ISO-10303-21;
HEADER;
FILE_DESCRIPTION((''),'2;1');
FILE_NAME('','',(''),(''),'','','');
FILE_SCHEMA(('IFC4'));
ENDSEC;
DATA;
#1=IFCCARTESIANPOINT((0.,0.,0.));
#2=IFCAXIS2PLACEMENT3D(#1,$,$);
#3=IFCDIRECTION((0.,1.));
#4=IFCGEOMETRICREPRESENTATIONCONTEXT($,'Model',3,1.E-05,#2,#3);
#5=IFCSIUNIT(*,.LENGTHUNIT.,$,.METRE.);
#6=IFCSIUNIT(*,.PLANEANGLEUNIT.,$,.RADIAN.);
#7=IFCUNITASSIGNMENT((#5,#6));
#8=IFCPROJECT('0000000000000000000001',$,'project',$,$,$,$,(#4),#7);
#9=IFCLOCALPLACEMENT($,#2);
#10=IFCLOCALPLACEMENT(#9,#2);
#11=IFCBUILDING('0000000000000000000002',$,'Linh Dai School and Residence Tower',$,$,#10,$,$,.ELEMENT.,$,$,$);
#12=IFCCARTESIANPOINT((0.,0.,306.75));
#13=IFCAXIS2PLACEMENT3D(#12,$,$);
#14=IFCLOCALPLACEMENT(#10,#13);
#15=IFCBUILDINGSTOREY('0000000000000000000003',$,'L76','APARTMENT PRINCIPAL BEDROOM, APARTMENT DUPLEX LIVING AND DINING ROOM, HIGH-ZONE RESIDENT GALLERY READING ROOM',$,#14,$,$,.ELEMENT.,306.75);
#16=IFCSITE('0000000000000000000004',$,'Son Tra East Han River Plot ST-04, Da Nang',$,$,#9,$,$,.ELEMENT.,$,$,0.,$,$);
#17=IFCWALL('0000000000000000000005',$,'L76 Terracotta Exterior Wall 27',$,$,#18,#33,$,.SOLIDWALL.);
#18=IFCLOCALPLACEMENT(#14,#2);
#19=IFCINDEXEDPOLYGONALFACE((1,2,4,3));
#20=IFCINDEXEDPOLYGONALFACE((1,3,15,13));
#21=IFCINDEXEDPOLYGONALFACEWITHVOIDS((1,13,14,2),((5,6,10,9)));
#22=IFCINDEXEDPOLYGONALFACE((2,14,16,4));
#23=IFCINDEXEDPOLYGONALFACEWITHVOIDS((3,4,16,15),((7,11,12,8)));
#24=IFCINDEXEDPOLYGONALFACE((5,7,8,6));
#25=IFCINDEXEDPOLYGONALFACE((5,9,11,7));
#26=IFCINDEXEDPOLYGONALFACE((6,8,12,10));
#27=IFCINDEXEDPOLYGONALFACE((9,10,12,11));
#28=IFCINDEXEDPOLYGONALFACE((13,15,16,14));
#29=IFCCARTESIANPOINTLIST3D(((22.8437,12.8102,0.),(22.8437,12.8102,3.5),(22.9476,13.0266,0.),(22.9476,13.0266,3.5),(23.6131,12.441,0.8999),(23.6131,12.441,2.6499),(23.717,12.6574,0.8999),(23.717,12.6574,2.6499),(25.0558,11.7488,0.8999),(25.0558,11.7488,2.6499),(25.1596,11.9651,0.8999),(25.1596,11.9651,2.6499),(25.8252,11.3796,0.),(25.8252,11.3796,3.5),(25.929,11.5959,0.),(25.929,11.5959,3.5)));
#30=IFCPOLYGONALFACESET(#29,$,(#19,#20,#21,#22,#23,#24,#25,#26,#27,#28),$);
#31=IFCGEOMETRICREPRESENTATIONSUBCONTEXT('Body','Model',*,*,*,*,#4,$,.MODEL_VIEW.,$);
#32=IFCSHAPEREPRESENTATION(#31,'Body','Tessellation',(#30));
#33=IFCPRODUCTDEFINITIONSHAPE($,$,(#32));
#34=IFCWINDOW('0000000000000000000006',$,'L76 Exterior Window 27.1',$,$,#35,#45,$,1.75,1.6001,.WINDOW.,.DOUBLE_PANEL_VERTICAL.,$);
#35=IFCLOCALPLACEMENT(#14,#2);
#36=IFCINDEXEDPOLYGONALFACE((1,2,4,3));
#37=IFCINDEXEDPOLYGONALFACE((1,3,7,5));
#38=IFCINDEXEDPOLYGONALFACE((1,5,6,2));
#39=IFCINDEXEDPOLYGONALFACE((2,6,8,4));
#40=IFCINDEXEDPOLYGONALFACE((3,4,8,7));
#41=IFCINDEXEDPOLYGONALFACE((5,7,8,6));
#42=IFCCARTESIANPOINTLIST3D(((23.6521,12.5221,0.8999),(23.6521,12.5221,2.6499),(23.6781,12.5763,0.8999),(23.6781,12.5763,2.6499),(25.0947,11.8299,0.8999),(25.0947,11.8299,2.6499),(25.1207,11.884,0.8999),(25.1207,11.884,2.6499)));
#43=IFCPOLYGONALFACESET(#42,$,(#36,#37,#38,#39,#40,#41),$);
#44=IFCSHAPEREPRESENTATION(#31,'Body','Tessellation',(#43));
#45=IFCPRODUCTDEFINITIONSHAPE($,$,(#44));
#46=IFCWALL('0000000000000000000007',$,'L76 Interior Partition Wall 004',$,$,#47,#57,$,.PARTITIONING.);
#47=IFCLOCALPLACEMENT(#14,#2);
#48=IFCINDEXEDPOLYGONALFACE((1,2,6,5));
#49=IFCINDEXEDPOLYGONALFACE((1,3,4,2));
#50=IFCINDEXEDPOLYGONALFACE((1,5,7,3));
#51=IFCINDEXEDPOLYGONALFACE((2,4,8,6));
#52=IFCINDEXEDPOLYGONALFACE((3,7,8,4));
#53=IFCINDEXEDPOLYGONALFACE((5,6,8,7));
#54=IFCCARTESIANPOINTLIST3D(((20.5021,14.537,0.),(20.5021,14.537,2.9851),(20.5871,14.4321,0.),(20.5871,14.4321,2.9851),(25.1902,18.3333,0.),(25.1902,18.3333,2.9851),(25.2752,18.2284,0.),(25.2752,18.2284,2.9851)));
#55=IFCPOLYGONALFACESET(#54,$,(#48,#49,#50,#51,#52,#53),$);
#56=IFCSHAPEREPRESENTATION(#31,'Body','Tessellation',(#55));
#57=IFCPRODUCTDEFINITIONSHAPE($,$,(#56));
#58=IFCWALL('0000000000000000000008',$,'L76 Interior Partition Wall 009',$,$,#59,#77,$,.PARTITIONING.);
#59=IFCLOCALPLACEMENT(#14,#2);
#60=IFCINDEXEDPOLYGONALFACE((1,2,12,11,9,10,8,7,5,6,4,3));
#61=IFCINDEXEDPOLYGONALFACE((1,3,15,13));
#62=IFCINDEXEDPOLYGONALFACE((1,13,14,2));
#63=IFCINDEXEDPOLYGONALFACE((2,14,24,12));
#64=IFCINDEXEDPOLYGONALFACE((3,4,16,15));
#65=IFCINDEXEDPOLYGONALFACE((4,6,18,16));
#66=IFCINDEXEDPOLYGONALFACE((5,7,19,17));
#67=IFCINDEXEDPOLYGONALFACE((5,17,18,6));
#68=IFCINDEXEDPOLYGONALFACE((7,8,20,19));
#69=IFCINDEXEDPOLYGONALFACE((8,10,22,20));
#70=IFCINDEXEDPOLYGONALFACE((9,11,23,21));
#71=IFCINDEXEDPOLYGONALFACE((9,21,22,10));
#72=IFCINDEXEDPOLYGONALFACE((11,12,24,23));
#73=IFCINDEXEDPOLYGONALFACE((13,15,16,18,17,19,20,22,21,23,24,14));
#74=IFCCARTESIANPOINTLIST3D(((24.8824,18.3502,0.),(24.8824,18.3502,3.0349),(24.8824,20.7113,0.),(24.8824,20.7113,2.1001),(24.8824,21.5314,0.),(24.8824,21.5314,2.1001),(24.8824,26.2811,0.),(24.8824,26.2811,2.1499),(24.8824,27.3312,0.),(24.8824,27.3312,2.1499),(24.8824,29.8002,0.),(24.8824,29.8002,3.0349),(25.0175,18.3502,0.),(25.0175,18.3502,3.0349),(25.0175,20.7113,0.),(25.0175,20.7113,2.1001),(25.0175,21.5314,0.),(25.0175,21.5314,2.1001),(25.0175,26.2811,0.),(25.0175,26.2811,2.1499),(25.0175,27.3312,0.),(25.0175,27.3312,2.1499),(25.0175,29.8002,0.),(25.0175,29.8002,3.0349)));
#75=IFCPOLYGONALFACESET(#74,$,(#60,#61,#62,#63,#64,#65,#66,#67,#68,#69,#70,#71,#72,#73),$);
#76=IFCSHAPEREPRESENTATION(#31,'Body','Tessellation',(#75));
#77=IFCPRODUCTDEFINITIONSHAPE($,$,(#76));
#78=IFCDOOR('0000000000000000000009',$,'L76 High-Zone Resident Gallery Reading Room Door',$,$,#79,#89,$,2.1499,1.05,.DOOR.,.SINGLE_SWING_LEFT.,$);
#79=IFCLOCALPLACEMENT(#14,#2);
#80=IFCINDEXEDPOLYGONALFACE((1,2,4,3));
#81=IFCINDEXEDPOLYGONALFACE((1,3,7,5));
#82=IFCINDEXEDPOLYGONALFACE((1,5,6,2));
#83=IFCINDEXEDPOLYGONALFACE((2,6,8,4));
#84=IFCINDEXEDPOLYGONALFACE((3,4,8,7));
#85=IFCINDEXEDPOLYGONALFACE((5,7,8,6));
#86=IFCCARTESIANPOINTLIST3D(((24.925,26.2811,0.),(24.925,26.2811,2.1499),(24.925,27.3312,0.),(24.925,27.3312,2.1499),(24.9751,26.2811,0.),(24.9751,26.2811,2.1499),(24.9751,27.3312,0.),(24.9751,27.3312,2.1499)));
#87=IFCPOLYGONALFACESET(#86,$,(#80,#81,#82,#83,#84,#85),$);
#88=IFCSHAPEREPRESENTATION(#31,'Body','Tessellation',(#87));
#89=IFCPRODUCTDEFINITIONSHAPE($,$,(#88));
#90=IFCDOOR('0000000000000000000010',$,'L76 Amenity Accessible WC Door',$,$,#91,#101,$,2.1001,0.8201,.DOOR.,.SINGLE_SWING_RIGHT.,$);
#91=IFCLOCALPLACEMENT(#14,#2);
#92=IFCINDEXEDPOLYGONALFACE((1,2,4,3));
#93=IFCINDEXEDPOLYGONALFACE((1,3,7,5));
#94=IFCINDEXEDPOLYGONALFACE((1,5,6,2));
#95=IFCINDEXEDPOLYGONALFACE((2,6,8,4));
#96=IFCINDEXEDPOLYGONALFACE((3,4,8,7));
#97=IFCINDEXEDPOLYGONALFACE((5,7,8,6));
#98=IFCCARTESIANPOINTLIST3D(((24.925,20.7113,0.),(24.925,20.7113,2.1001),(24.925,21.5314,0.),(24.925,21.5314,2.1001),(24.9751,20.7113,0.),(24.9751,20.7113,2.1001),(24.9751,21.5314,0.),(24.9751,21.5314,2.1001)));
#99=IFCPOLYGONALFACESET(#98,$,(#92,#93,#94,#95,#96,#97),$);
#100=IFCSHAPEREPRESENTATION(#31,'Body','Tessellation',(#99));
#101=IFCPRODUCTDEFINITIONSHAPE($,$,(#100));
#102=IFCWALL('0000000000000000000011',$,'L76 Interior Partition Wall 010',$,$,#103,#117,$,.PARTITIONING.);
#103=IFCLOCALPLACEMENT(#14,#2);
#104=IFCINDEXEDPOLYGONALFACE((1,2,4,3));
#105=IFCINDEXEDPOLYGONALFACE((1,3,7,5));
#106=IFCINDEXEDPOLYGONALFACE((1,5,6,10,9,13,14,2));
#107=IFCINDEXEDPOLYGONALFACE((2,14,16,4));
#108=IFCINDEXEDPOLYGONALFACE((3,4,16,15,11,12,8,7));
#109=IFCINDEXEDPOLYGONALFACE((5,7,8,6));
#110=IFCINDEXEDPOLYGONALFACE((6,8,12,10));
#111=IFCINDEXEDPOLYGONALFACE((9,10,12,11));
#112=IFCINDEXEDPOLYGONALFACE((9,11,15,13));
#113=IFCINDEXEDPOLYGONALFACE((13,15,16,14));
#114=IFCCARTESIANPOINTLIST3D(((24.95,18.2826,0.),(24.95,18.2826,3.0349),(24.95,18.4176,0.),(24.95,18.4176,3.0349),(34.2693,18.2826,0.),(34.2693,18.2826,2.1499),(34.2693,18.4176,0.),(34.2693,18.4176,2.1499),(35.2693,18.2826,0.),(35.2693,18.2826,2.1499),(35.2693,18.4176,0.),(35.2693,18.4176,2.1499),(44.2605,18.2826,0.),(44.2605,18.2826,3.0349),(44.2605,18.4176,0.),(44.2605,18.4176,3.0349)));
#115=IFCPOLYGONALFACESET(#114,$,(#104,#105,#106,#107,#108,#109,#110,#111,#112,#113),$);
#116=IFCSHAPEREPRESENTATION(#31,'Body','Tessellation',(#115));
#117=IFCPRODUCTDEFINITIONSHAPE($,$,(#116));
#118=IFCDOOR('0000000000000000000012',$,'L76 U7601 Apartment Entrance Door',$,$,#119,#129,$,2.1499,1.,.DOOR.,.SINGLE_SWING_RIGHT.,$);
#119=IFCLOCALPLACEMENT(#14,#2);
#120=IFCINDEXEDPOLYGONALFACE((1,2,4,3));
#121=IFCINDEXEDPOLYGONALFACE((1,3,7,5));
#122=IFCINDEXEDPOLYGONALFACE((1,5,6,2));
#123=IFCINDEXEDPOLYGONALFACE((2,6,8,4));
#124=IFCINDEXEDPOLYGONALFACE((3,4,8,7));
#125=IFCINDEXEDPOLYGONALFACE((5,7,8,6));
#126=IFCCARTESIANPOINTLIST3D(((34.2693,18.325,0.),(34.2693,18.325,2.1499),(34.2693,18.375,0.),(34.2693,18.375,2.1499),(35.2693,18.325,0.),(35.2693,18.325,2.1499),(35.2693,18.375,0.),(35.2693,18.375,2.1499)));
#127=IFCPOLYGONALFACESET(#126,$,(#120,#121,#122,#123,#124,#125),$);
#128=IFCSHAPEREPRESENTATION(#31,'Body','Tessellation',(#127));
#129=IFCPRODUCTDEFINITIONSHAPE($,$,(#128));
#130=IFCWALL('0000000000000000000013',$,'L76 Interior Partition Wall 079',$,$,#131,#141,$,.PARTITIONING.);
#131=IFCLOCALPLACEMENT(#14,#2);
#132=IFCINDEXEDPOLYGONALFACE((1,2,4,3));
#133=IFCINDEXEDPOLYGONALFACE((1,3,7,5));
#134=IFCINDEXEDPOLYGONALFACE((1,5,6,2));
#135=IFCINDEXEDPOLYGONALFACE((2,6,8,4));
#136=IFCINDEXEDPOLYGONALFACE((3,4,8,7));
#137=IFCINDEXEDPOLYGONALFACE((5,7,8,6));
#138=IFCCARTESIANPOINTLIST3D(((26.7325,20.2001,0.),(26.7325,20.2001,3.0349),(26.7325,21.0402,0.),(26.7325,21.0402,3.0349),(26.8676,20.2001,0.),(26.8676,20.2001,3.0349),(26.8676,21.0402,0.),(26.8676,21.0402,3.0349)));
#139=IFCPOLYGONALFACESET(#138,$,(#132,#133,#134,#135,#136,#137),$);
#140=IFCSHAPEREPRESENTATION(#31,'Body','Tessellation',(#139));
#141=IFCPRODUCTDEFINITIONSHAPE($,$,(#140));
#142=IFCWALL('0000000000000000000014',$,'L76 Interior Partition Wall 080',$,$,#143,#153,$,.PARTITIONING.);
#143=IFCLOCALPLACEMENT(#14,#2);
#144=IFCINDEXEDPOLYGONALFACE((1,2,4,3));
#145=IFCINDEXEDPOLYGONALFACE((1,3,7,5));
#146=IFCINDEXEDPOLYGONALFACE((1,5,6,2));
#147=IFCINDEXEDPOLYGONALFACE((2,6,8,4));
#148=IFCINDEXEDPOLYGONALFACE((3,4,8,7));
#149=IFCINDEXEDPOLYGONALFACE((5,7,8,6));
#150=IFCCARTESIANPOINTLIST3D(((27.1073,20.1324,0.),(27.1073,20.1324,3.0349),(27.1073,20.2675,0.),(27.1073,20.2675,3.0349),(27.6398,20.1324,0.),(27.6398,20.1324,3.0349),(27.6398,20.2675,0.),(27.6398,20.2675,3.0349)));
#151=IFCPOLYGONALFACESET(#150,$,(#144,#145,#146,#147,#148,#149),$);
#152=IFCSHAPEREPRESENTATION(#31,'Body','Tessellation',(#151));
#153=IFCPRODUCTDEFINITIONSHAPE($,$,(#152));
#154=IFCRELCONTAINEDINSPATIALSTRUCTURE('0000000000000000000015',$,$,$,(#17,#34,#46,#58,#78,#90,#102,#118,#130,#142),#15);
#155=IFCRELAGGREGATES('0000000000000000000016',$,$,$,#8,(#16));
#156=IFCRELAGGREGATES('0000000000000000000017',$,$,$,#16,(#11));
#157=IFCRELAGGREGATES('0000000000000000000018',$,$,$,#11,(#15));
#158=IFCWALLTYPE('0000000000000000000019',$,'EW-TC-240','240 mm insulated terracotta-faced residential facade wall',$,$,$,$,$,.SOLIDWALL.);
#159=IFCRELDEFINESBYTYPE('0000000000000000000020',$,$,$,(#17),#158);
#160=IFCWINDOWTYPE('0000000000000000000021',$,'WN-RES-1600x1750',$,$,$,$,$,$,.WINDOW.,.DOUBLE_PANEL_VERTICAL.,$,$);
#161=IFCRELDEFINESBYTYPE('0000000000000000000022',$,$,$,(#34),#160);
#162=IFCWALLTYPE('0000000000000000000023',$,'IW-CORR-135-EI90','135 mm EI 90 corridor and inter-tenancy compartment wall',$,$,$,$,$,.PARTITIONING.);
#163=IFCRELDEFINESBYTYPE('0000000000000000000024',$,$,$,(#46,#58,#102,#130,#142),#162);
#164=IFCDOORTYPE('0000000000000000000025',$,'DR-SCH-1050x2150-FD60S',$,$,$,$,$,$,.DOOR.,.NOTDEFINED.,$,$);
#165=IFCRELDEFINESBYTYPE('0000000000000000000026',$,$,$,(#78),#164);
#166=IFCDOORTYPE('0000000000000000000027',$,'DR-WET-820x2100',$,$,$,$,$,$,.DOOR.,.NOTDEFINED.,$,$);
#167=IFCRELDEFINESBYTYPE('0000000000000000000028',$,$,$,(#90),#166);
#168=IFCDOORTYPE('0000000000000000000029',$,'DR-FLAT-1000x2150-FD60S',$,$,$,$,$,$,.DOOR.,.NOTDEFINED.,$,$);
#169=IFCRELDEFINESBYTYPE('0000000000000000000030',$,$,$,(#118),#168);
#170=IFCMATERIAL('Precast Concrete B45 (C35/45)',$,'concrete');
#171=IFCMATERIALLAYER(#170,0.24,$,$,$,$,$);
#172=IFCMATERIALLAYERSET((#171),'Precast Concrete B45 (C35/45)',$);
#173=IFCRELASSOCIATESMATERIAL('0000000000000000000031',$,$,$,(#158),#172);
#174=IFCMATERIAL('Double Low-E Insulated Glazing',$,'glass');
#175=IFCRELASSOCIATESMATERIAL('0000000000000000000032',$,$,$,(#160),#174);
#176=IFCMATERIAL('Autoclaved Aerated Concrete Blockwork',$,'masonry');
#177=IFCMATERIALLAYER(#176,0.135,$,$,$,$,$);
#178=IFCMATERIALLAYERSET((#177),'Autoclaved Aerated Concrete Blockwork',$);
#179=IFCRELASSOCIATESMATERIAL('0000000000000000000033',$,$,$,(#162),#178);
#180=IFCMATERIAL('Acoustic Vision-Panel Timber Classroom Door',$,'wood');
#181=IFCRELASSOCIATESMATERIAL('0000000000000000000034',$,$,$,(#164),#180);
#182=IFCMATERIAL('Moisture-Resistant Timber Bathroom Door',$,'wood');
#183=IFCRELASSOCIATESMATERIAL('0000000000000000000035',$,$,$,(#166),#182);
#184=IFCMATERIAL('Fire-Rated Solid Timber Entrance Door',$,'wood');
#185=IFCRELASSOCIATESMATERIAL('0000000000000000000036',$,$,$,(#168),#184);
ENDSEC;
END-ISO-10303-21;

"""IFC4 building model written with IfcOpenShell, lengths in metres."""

from ifc_helpers import new_model, si_unit, direction, frame, frame_2d, origin, origin_2d, place, context, subcontext, project, spatial, rectangle, extrude, source, transform, mapped, material, layer, layer_set, type_object, element, fill, save


model = new_model("IFC4")

# Units and contexts
model_context = context("Model", 3, precision=1e-05, world=origin(), true_north=direction((0.0, 1.0)))
body_context = subcontext(model_context, "Body", "Model", "MODEL_VIEW")
ifc_project = project(units=[si_unit("LENGTHUNIT", "METRE"), si_unit("PLANEANGLEUNIT", "RADIAN")], contexts=[model_context])

# Site, building, storey
site_placement = place(None, origin())
site = spatial("IfcSite", under=ifc_project, at=site_placement, Name="Son Tra East Han River Plot ST-04, Da Nang", CompositionType="ELEMENT", RefElevation=0.0)
building_placement = place(site_placement, origin())
building = spatial("IfcBuilding", under=site, at=building_placement, Name="Linh Dai School and Residence Tower", CompositionType="ELEMENT")
storey_placement = place(building_placement, frame((0.0, 0.0, 306.75)))
storey = spatial("IfcBuildingStorey", under=building, at=storey_placement, Name="L76", Description="APARTMENT PRINCIPAL BEDROOM, APARTMENT DUPLEX LIVING AND DINING ROOM, HIGH-ZONE RESIDENT GALLERY READING ROOM", CompositionType="ELEMENT", Elevation=306.75)

# Shared definitions
ifc_material_1 = material(Name="Precast Concrete B45 (C35/45)", Category="concrete")
ifc_layer_1 = layer(ifc_material_1, 0.24)
ifc_layer_set_1 = layer_set([ifc_layer_1], Name="Precast Concrete B45 (C35/45)")
wall_type_1 = type_object("IfcWallType", Name="EW-TC-240", Description="240 mm insulated terracotta-faced residential facade wall", PredefinedType="SOLIDWALL", material=ifc_layer_set_1)

# Wall, opening, window
ifc_material_2 = material(Name="Double Low-E Insulated Glazing", Category="glass")
wall_1_placement = place(storey_placement, frame((25.877, 11.4878, 0.0), z_axis=(0.0, 0.0, 1.0), x_axis=(-0.901574, 0.432625, 0.0)))
wall_1 = element("IfcWall", 1, at=wall_1_placement, inside=storey, type_object=wall_type_1, Name="L76 Terracotta Exterior Wall 27", PredefinedType="SOLIDWALL", context=body_context, shape_type="SweptSolid", body=[
    extrude(rectangle(XDim=3.3069, YDim=0.24, at=frame_2d((1.6533, 0.0))), origin(), (0.0, 0.0, 1.0), 3.5),
])
opening_1_placement = place(wall_1_placement, frame((0.8533, 0.0, 0.8999)))
opening_1 = element("IfcOpeningElement", 2, at=opening_1_placement, cuts=wall_1, PredefinedType="OPENING", context=body_context, shape_type="SweptSolid", body=[
    extrude(rectangle(XDim=1.6001, YDim=1.75, at=origin_2d()), frame((0.8, 0.1299, 0.875), z_axis=(0.0, -1.0, 0.0), x_axis=(1.0, 0.0, 0.0)), (0.0, 0.0, 1.0), 0.26),
])
window_type_1 = type_object("IfcWindowType", Name="WN-RES-1600x1750", PartitioningType="DOUBLE_PANEL_VERTICAL", PredefinedType="WINDOW", material=ifc_material_2)
shared_shape_1 = source(origin(), body_context, "Body", "SweptSolid", [
    extrude(rectangle(XDim=1.6001, YDim=1.75, at=origin_2d()), frame((0.8, 0.03, 0.875), z_axis=(0.0, -1.0, 0.0), x_axis=(1.0, 0.0, 0.0)), (0.0, 0.0, 1.0), 0.0601),
])
window_1_placement = place(opening_1_placement, origin())
window_1 = element("IfcWindow", 3, at=window_1_placement, inside=storey, type_object=window_type_1, Name="L76 Exterior Window 27.1", OverallHeight=1.75, OverallWidth=1.6001, PartitioningType="DOUBLE_PANEL_VERTICAL", PredefinedType="WINDOW", context=body_context, shape_type="MappedRepresentation", body=[
    mapped(shared_shape_1, transform((0.0, 0.0, 0.0), x_axis=(1.0, 0.0, 0.0), y_axis=(0.0, 1.0, 0.0), z_axis=(0.0, 0.0, 1.0), scale=1.0)),
])
fill(opening_1, window_1)

# Wall
ifc_material_3 = material(Name="Autoclaved Aerated Concrete Blockwork", Category="masonry")
ifc_layer_2 = layer(ifc_material_3, 0.135)
ifc_layer_set_2 = layer_set([ifc_layer_2], Name="Autoclaved Aerated Concrete Blockwork")
wall_type_2 = type_object("IfcWallType", Name="IW-CORR-135-EI90", Description="135 mm EI 90 corridor and inter-tenancy compartment wall", PredefinedType="PARTITIONING", material=ifc_layer_set_2)
wall_2_placement = place(storey_placement, frame((20.5447, 14.4846, 0.0), z_axis=(0.0, 0.0, 1.0), x_axis=(0.777152, 0.629313, 0.0)))
element("IfcWall", 4, at=wall_2_placement, inside=storey, type_object=wall_type_2, Name="L76 Interior Partition Wall 004", PredefinedType="PARTITIONING", context=body_context, shape_type="SweptSolid", body=[
    extrude(rectangle(XDim=6.0325, YDim=0.135, at=frame_2d((3.0161, 0.0))), origin(), (0.0, 0.0, 1.0), 2.9851),
])

# Wall, openings, doors
wall_3_placement = place(storey_placement, frame((24.95, 18.3501, 0.0), z_axis=(0.0, 0.0, 1.0), x_axis=(0.0, 1.0, 0.0)))
wall_3 = element("IfcWall", 5, at=wall_3_placement, inside=storey, type_object=wall_type_2, Name="L76 Interior Partition Wall 009", PredefinedType="PARTITIONING", context=body_context, shape_type="SweptSolid", body=[
    extrude(rectangle(XDim=11.45, YDim=0.135, at=frame_2d((5.7251, 0.0))), origin(), (0.0, 0.0, 1.0), 3.0349),
])
opening_2_placement = place(wall_3_placement, frame((7.9312, 0.0, 0.0)))
opening_2 = element("IfcOpeningElement", 6, at=opening_2_placement, cuts=wall_3, PredefinedType="OPENING", context=body_context, shape_type="SweptSolid", body=[
    extrude(rectangle(XDim=1.05, YDim=2.1499, at=origin_2d()), frame((0.5249, 0.0776, 1.075), z_axis=(0.0, -1.0, 0.0), x_axis=(1.0, 0.0, 0.0)), (0.0, 0.0, 1.0), 0.155),
])
opening_3_placement = place(wall_3_placement, frame((2.3611, 0.0, 0.0)))
opening_3 = element("IfcOpeningElement", 7, at=opening_3_placement, cuts=wall_3, PredefinedType="OPENING", context=body_context, shape_type="SweptSolid", body=[
    extrude(rectangle(XDim=0.8201, YDim=2.1001, at=origin_2d()), frame((0.4102, 0.0776, 1.05), z_axis=(0.0, -1.0, 0.0), x_axis=(1.0, 0.0, 0.0)), (0.0, 0.0, 1.0), 0.155),
])
ifc_material_4 = material(Name="Acoustic Vision-Panel Timber Classroom Door", Category="wood")
door_type_1 = type_object("IfcDoorType", Name="DR-SCH-1050x2150-FD60S", OperationType="NOTDEFINED", PredefinedType="DOOR", material=ifc_material_4)
shared_shape_2 = source(origin(), body_context, "Body", "SweptSolid", [
    extrude(rectangle(XDim=1.05, YDim=2.1499, at=origin_2d()), frame((0.5249, 0.0249, 1.075), z_axis=(0.0, -1.0, 0.0), x_axis=(1.0, 0.0, 0.0)), (0.0, 0.0, 1.0), 0.05),
])
door_1_placement = place(opening_2_placement, origin())
door_1 = element("IfcDoor", 8, at=door_1_placement, inside=storey, type_object=door_type_1, Name="L76 High-Zone Resident Gallery Reading Room Door", OperationType="SINGLE_SWING_LEFT", OverallHeight=2.1499, OverallWidth=1.05, PredefinedType="DOOR", context=body_context, shape_type="MappedRepresentation", body=[
    mapped(shared_shape_2, transform((0.0, 0.0, 0.0), x_axis=(1.0, 0.0, 0.0), y_axis=(0.0, 1.0, 0.0), z_axis=(0.0, 0.0, 1.0), scale=1.0)),
])
fill(opening_2, door_1)
ifc_material_5 = material(Name="Moisture-Resistant Timber Bathroom Door", Category="wood")
door_type_2 = type_object("IfcDoorType", Name="DR-WET-820x2100", OperationType="NOTDEFINED", PredefinedType="DOOR", material=ifc_material_5)
shared_shape_3 = source(origin(), body_context, "Body", "SweptSolid", [
    extrude(rectangle(XDim=0.8201, YDim=2.1001, at=origin_2d()), frame((0.4102, 0.0249, 1.05), z_axis=(0.0, -1.0, 0.0), x_axis=(1.0, 0.0, 0.0)), (0.0, 0.0, 1.0), 0.05),
])
door_2_placement = place(opening_3_placement, origin())
door_2 = element("IfcDoor", 9, at=door_2_placement, inside=storey, type_object=door_type_2, Name="L76 Amenity Accessible WC Door", OperationType="SINGLE_SWING_RIGHT", OverallHeight=2.1001, OverallWidth=0.8201, PredefinedType="DOOR", context=body_context, shape_type="MappedRepresentation", body=[
    mapped(shared_shape_3, transform((0.0, 0.0, 0.0), x_axis=(1.0, 0.0, 0.0), y_axis=(0.0, 1.0, 0.0), z_axis=(0.0, 0.0, 1.0), scale=1.0)),
])
fill(opening_3, door_2)

# Wall, opening, door
wall_4_placement = place(storey_placement, frame((24.95, 18.3501, 0.0), z_axis=(0.0, 0.0, 1.0), x_axis=(1.0, 0.0, 0.0)))
wall_4 = element("IfcWall", 10, at=wall_4_placement, inside=storey, type_object=wall_type_2, Name="L76 Interior Partition Wall 010", PredefinedType="PARTITIONING", context=body_context, shape_type="SweptSolid", body=[
    extrude(rectangle(XDim=19.3105, YDim=0.135, at=frame_2d((9.6553, 0.0))), origin(), (0.0, 0.0, 1.0), 3.0349),
])
opening_4_placement = place(wall_4_placement, frame((9.3193, 0.0, 0.0)))
opening_4 = element("IfcOpeningElement", 11, at=opening_4_placement, cuts=wall_4, PredefinedType="OPENING", context=body_context, shape_type="SweptSolid", body=[
    extrude(rectangle(XDim=1.0, YDim=2.1499, at=origin_2d()), frame((0.5, 0.0776, 1.075), z_axis=(0.0, -1.0, 0.0), x_axis=(1.0, 0.0, 0.0)), (0.0, 0.0, 1.0), 0.155),
])
ifc_material_6 = material(Name="Fire-Rated Solid Timber Entrance Door", Category="wood")
door_type_3 = type_object("IfcDoorType", Name="DR-FLAT-1000x2150-FD60S", OperationType="NOTDEFINED", PredefinedType="DOOR", material=ifc_material_6)
shared_shape_4 = source(origin(), body_context, "Body", "SweptSolid", [
    extrude(rectangle(XDim=1.0, YDim=2.1499, at=origin_2d()), frame((0.5, 0.0249, 1.075), z_axis=(0.0, -1.0, 0.0), x_axis=(1.0, 0.0, 0.0)), (0.0, 0.0, 1.0), 0.05),
])
door_3_placement = place(opening_4_placement, origin())
door_3 = element("IfcDoor", 12, at=door_3_placement, inside=storey, type_object=door_type_3, Name="L76 U7601 Apartment Entrance Door", OperationType="SINGLE_SWING_RIGHT", OverallHeight=2.1499, OverallWidth=1.0, PredefinedType="DOOR", context=body_context, shape_type="MappedRepresentation", body=[
    mapped(shared_shape_4, transform((0.0, 0.0, 0.0), x_axis=(1.0, 0.0, 0.0), y_axis=(0.0, 1.0, 0.0), z_axis=(0.0, 0.0, 1.0), scale=1.0)),
])
fill(opening_4, door_3)

# Walls
wall_5_placement = place(storey_placement, frame((26.8, 21.04, 0.0), z_axis=(0.0, 0.0, 1.0), x_axis=(0.0, -1.0, 0.0)))
element("IfcWall", 13, at=wall_5_placement, inside=storey, type_object=wall_type_2, Name="L76 Interior Partition Wall 079", PredefinedType="PARTITIONING", context=body_context, shape_type="SweptSolid", body=[
    extrude(rectangle(XDim=0.8401, YDim=0.135, at=frame_2d((0.4199, 0.0))), origin(), (0.0, 0.0, 1.0), 3.0349),
])
wall_6_placement = place(storey_placement, frame((27.1074, 20.2, 0.0), z_axis=(0.0, 0.0, 1.0), x_axis=(1.0, 0.0, 0.0)))
element("IfcWall", 14, at=wall_6_placement, inside=storey, type_object=wall_type_2, Name="L76 Interior Partition Wall 080", PredefinedType="PARTITIONING", context=body_context, shape_type="SweptSolid", body=[
    extrude(rectangle(XDim=0.5325, YDim=0.135, at=frame_2d((0.2661, 0.0))), origin(), (0.0, 0.0, 1.0), 3.0349),
])

save(model, "model.ifc")
